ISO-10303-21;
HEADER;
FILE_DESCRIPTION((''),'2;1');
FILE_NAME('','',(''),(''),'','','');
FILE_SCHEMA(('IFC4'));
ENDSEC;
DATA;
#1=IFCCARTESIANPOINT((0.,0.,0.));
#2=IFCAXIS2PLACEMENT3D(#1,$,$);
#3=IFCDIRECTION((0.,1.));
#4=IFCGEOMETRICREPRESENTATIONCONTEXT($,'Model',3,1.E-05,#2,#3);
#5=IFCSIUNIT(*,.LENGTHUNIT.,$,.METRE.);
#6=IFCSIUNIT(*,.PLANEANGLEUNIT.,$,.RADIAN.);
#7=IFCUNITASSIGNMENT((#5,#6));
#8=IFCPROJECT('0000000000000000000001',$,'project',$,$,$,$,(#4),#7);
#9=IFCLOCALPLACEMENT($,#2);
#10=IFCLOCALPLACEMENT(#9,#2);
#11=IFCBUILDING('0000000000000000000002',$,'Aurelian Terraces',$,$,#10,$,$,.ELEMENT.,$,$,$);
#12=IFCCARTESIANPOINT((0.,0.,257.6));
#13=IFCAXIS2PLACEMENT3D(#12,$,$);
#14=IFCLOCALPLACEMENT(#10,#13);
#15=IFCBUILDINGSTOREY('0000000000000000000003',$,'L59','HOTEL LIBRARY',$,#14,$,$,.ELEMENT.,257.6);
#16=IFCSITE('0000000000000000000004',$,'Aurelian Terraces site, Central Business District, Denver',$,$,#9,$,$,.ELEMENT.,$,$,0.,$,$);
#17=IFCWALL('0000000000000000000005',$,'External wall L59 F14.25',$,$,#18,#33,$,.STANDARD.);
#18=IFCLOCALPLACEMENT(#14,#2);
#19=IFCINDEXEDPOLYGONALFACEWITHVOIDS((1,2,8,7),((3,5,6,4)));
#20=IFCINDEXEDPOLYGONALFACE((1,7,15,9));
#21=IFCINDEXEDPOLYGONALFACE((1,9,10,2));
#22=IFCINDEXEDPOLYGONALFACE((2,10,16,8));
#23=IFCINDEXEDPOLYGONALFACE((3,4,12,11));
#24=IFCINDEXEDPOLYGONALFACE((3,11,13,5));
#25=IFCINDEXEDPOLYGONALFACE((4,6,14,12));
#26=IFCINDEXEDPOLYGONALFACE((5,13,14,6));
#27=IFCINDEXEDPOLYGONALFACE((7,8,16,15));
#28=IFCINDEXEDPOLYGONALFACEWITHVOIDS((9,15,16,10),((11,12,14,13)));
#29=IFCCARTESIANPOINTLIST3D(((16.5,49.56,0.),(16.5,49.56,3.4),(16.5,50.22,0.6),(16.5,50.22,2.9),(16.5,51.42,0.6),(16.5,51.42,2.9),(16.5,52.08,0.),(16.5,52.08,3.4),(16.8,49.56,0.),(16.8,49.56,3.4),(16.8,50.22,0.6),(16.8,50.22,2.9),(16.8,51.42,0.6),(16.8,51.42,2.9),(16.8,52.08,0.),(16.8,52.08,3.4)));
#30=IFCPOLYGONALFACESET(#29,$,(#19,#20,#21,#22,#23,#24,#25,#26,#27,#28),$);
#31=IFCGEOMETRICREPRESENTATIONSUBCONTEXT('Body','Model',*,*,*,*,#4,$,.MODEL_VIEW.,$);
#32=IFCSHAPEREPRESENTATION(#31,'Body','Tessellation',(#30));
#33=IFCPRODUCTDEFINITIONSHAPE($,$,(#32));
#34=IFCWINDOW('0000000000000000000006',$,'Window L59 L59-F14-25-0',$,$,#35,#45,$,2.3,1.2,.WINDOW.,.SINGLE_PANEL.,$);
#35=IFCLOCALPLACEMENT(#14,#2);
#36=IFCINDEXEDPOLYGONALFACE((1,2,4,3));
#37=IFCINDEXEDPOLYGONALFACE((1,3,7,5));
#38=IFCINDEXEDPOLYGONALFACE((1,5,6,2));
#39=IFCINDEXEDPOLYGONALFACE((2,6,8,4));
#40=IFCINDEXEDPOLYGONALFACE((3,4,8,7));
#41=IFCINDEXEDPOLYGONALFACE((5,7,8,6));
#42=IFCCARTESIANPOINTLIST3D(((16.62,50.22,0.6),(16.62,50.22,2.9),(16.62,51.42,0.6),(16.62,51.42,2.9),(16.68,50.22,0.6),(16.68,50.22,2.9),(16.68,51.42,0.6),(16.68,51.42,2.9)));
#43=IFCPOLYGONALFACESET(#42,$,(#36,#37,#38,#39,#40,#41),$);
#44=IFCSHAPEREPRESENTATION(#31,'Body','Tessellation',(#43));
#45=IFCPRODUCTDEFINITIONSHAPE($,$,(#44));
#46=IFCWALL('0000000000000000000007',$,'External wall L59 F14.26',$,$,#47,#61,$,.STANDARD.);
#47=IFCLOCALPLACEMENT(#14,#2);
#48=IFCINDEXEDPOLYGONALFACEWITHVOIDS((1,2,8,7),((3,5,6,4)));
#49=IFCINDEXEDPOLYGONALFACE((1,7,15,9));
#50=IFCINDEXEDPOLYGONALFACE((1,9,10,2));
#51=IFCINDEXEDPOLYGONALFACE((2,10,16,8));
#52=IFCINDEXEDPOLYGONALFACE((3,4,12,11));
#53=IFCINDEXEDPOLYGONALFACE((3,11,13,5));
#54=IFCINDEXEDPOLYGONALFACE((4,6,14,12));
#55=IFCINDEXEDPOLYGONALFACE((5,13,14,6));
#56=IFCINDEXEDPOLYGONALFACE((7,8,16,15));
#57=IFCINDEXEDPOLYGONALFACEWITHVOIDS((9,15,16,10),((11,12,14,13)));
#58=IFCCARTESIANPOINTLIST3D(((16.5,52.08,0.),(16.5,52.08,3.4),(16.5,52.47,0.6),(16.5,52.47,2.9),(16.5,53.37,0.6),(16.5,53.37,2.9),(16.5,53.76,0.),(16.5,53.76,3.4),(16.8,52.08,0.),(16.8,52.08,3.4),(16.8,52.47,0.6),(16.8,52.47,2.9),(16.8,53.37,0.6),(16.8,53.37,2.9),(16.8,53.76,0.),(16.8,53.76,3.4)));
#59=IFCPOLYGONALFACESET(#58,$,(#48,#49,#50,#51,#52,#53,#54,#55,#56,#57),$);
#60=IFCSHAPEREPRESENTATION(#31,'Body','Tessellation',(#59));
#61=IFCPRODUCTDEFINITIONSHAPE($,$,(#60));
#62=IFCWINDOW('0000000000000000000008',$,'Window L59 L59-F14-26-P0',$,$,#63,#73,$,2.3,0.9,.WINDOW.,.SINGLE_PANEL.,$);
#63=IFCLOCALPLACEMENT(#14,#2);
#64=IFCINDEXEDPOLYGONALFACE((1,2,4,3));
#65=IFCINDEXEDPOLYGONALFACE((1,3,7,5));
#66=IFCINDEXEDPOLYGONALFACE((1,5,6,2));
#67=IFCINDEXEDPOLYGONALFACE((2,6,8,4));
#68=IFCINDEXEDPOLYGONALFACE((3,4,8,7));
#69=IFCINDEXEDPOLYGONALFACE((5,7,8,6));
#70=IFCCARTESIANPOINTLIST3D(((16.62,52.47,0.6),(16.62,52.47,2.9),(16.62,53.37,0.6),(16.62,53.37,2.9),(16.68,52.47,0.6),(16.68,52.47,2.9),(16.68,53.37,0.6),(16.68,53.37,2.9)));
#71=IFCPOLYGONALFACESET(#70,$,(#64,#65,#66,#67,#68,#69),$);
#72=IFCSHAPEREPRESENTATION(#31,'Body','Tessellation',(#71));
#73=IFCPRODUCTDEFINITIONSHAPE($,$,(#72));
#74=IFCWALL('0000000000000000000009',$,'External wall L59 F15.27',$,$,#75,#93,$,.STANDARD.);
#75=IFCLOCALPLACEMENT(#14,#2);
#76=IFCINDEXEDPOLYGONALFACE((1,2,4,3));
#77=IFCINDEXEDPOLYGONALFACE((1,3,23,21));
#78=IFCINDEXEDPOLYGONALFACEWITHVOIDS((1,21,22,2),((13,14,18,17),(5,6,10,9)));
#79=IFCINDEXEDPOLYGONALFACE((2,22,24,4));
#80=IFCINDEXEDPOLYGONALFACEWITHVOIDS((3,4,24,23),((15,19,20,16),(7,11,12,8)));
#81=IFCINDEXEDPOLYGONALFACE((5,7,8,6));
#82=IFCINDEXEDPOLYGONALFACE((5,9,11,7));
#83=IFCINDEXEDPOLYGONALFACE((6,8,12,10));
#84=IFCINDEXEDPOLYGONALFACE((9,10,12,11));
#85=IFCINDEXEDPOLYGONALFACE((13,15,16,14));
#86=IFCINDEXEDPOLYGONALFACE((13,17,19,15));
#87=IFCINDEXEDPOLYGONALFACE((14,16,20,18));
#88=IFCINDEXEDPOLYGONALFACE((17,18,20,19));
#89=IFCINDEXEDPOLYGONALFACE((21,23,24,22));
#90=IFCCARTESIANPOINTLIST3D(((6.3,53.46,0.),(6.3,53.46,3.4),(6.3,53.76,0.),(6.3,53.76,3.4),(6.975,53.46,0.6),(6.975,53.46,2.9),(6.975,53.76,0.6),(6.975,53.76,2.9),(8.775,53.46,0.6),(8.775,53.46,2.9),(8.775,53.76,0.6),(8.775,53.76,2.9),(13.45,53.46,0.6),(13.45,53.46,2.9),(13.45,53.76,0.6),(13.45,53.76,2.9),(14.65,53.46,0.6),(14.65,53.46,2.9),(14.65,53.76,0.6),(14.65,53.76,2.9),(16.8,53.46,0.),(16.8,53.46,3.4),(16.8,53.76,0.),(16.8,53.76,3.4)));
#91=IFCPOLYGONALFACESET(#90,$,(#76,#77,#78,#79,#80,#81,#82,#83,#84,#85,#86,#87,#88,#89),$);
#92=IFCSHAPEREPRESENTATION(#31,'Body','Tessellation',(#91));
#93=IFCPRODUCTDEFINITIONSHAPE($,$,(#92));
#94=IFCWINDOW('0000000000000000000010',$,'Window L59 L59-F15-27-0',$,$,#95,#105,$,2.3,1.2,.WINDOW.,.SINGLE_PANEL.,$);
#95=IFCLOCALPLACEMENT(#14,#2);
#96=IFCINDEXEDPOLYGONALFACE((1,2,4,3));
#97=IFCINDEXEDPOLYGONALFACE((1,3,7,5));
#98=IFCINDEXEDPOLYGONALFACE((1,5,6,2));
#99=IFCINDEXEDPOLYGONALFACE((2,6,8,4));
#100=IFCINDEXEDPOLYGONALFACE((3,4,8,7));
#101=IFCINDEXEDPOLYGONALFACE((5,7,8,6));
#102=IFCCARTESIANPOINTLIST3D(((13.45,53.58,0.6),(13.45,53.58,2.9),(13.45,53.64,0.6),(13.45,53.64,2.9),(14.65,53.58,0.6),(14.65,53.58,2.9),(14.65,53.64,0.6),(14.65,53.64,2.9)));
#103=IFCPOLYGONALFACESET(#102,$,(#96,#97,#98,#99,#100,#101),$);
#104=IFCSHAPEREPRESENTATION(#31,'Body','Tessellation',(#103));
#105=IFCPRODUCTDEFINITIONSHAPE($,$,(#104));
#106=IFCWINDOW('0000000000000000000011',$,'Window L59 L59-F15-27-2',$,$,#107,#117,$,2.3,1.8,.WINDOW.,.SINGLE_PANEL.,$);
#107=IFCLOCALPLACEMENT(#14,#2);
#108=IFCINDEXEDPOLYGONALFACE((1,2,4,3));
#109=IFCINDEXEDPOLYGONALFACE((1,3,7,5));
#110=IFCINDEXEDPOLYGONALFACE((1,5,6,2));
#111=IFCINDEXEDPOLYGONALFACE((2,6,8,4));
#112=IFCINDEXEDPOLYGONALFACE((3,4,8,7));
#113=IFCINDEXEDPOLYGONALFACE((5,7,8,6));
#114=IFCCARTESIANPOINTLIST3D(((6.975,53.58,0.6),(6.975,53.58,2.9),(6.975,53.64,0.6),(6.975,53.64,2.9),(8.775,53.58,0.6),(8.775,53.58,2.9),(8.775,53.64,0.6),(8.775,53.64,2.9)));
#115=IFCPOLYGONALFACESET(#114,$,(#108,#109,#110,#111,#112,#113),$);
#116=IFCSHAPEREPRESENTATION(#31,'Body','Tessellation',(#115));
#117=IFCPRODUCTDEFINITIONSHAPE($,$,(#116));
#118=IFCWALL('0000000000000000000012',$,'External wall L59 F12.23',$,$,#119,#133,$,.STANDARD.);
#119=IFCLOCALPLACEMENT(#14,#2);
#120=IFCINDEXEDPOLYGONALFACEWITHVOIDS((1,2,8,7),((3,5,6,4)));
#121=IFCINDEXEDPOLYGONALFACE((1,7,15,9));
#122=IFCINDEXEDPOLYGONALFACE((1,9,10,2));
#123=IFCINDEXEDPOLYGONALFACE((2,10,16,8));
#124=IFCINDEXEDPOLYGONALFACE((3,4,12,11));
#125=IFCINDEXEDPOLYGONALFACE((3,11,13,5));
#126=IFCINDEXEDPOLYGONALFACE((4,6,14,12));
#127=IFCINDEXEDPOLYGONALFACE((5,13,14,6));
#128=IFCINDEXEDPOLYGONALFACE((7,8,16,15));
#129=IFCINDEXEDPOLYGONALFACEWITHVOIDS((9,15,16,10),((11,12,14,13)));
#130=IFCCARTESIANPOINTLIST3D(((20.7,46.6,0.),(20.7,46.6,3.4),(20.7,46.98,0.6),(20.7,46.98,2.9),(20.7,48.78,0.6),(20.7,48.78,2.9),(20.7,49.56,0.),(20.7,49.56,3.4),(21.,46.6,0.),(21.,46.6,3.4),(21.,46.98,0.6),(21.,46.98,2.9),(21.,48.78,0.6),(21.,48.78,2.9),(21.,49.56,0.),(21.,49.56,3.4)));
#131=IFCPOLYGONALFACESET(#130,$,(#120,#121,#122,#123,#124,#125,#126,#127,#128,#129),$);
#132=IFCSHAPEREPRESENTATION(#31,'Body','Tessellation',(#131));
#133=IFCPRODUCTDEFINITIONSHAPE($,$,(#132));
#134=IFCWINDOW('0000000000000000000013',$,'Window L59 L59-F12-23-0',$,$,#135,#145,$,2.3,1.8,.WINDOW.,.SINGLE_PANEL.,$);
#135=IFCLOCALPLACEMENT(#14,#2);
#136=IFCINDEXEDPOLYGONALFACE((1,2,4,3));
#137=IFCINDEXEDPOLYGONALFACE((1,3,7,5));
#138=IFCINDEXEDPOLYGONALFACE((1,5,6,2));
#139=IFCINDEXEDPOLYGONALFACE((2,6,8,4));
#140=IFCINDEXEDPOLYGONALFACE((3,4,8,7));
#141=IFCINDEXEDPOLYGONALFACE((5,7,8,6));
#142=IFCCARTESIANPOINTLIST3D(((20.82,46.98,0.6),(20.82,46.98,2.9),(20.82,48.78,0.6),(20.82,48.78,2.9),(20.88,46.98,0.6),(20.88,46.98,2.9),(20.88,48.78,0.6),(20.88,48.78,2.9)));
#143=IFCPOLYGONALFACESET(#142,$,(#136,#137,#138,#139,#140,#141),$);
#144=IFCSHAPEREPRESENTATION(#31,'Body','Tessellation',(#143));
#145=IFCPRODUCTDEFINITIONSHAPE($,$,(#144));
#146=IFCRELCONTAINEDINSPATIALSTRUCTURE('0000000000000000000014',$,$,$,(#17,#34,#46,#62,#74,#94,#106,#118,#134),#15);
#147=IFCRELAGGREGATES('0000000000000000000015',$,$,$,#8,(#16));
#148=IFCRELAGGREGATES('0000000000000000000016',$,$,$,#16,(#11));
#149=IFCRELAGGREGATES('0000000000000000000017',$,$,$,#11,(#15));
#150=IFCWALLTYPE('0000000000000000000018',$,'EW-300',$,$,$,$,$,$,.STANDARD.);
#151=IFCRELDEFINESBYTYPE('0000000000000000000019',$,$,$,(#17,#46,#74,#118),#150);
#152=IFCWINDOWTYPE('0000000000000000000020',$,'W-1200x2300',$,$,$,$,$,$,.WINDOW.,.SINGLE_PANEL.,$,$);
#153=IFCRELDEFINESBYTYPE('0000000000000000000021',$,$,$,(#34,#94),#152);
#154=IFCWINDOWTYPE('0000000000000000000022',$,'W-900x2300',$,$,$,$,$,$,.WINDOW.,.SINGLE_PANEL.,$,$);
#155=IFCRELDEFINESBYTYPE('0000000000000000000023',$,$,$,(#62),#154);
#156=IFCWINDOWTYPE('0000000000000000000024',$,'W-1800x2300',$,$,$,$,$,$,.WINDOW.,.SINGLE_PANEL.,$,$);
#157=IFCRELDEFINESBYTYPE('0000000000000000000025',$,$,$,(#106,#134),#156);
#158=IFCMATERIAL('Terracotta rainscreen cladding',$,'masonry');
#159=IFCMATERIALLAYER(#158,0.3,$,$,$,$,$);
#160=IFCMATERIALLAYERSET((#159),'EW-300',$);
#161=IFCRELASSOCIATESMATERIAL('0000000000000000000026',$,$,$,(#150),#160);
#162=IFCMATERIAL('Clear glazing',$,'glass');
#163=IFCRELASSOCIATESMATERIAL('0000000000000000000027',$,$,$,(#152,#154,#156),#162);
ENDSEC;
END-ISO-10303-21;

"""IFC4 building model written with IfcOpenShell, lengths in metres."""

from ifc_helpers import new_model, si_unit, direction, frame, frame_2d, origin, place, context, subcontext, project, spatial, rectangle, extrude, source, transform, mapped, material, layer, layer_set, type_object, element, fill, save


model = new_model("IFC4")

# Units and contexts
model_context = context("Model", 3, precision=1e-05, world=origin(), true_north=direction((0.0, 1.0)))
body_context = subcontext(model_context, "Body", "Model", "MODEL_VIEW")
ifc_project = project(units=[si_unit("LENGTHUNIT", "METRE"), si_unit("PLANEANGLEUNIT", "RADIAN")], contexts=[model_context])

# Site, building, storey
site_placement = place(None, origin())
site = spatial("IfcSite", under=ifc_project, at=site_placement, Name="Aurelian Terraces site, Central Business District, Denver", CompositionType="ELEMENT", RefElevation=0.0)
building_placement = place(site_placement, origin())
building = spatial("IfcBuilding", under=site, at=building_placement, Name="Aurelian Terraces", CompositionType="ELEMENT")
storey_placement = place(building_placement, frame((0.0, 0.0, 257.6)))
storey = spatial("IfcBuildingStorey", under=building, at=storey_placement, Name="L59", Description="HOTEL LIBRARY", CompositionType="ELEMENT", Elevation=257.6)

# Walls, openings, windows
ifc_material_1 = material(Name="Terracotta rainscreen cladding", Category="masonry")
ifc_layer_1 = layer(ifc_material_1, 0.3)
ifc_layer_set_1 = layer_set([ifc_layer_1], Name="EW-300")
wall_type_1 = type_object("IfcWallType", Name="EW-300", PredefinedType="STANDARD", material=ifc_layer_set_1)
shared_shape_1 = source(origin(), body_context, "Body", "SweptSolid", [
    extrude(rectangle(XDim=2.52, YDim=0.3, at=frame_2d((1.26, 0.0))), origin(), (0.0, 0.0, 1.0), 3.4),
])
wall_1_placement = place(storey_placement, frame((16.65, 49.56, 0.0), z_axis=(0.0, 0.0, 1.0), x_axis=(0.0, 1.0, 0.0)))
wall_1 = element("IfcWall", 1, at=wall_1_placement, inside=storey, type_object=wall_type_1, Name="External wall L59 F14.25", PredefinedType="STANDARD", context=body_context, shape_type="MappedRepresentation", body=[
    mapped(shared_shape_1, transform((0.0, 0.0, 0.0), scale=1.0)),
])
shared_shape_2 = source(origin(), body_context, "Body", "SweptSolid", [
    extrude(rectangle(XDim=1.2, YDim=2.3, at=frame_2d((0.6, 1.15))), frame((0.0, 0.16, 0.0), z_axis=(0.0, -1.0, 0.0), x_axis=(1.0, 0.0, 0.0)), (0.0, 0.0, 1.0), 0.32),
])
opening_1_placement = place(wall_1_placement, frame((0.66, 0.0, 0.6)))
opening_1 = element("IfcOpeningElement", 2, at=opening_1_placement, cuts=wall_1, PredefinedType="OPENING", context=body_context, shape_type="MappedRepresentation", body=[
    mapped(shared_shape_2, transform((0.0, 0.0, 0.0), scale=1.0)),
])
ifc_material_2 = material(Name="Clear glazing", Category="glass")
window_type_1 = type_object("IfcWindowType", Name="W-1200x2300", PartitioningType="SINGLE_PANEL", PredefinedType="WINDOW", material=ifc_material_2)
shared_shape_3 = source(origin(), body_context, "Body", "SweptSolid", [
    extrude(rectangle(XDim=1.2, YDim=2.3, at=frame_2d((0.6, 1.15))), frame((0.0, 0.03, 0.0), z_axis=(0.0, -1.0, 0.0), x_axis=(1.0, 0.0, 0.0)), (0.0, 0.0, 1.0), 0.06),
])
window_1_placement = place(opening_1_placement, origin())
window_1 = element("IfcWindow", 3, at=window_1_placement, inside=storey, type_object=window_type_1, Name="Window L59 L59-F14-25-0", OverallHeight=2.3, OverallWidth=1.2, PartitioningType="SINGLE_PANEL", PredefinedType="WINDOW", context=body_context, shape_type="MappedRepresentation", body=[
    mapped(shared_shape_3, transform((0.0, 0.0, 0.0), scale=1.0)),
])
fill(opening_1, window_1)
shared_shape_4 = source(origin(), body_context, "Body", "SweptSolid", [
    extrude(rectangle(XDim=1.68, YDim=0.3, at=frame_2d((0.84, 0.0))), origin(), (0.0, 0.0, 1.0), 3.4),
])
wall_2_placement = place(storey_placement, frame((16.65, 52.08, 0.0), z_axis=(0.0, 0.0, 1.0), x_axis=(0.0, 1.0, 0.0)))
wall_2 = element("IfcWall", 4, at=wall_2_placement, inside=storey, type_object=wall_type_1, Name="External wall L59 F14.26", PredefinedType="STANDARD", context=body_context, shape_type="MappedRepresentation", body=[
    mapped(shared_shape_4, transform((0.0, 0.0, 0.0), scale=1.0)),
])
shared_shape_5 = source(origin(), body_context, "Body", "SweptSolid", [
    extrude(rectangle(XDim=0.9, YDim=2.3, at=frame_2d((0.45, 1.15))), frame((0.0, 0.16, 0.0), z_axis=(0.0, -1.0, 0.0), x_axis=(1.0, 0.0, 0.0)), (0.0, 0.0, 1.0), 0.32),
])
opening_2_placement = place(wall_2_placement, frame((0.39, 0.0, 0.6)))
opening_2 = element("IfcOpeningElement", 5, at=opening_2_placement, cuts=wall_2, PredefinedType="OPENING", context=body_context, shape_type="MappedRepresentation", body=[
    mapped(shared_shape_5, transform((0.0, 0.0, 0.0), scale=1.0)),
])
window_type_2 = type_object("IfcWindowType", Name="W-900x2300", PartitioningType="SINGLE_PANEL", PredefinedType="WINDOW", material=ifc_material_2)
shared_shape_6 = source(origin(), body_context, "Body", "SweptSolid", [
    extrude(rectangle(XDim=0.9, YDim=2.3, at=frame_2d((0.45, 1.15))), frame((0.0, 0.03, 0.0), z_axis=(0.0, -1.0, 0.0), x_axis=(1.0, 0.0, 0.0)), (0.0, 0.0, 1.0), 0.06),
])
window_2_placement = place(opening_2_placement, origin())
window_2 = element("IfcWindow", 6, at=window_2_placement, inside=storey, type_object=window_type_2, Name="Window L59 L59-F14-26-P0", OverallHeight=2.3, OverallWidth=0.9, PartitioningType="SINGLE_PANEL", PredefinedType="WINDOW", context=body_context, shape_type="MappedRepresentation", body=[
    mapped(shared_shape_6, transform((0.0, 0.0, 0.0), scale=1.0)),
])
fill(opening_2, window_2)

# Wall, openings, windows
shared_shape_7 = source(origin(), body_context, "Body", "SweptSolid", [
    extrude(rectangle(XDim=10.5, YDim=0.3, at=frame_2d((5.25, 0.0))), origin(), (0.0, 0.0, 1.0), 3.4),
])
wall_3_placement = place(storey_placement, frame((16.8, 53.61, 0.0), z_axis=(0.0, 0.0, 1.0), x_axis=(-1.0, 0.0, 0.0)))
wall_3 = element("IfcWall", 7, at=wall_3_placement, inside=storey, type_object=wall_type_1, Name="External wall L59 F15.27", PredefinedType="STANDARD", context=body_context, shape_type="MappedRepresentation", body=[
    mapped(shared_shape_7, transform((0.0, 0.0, 0.0), scale=1.0)),
])
opening_3_placement = place(wall_3_placement, frame((2.15, 0.0, 0.6)))
opening_3 = element("IfcOpeningElement", 8, at=opening_3_placement, cuts=wall_3, PredefinedType="OPENING", context=body_context, shape_type="MappedRepresentation", body=[
    mapped(shared_shape_2, transform((0.0, 0.0, 0.0), scale=1.0)),
])
shared_shape_8 = source(origin(), body_context, "Body", "SweptSolid", [
    extrude(rectangle(XDim=1.8, YDim=2.3, at=frame_2d((0.9, 1.15))), frame((0.0, 0.16, 0.0), z_axis=(0.0, -1.0, 0.0), x_axis=(1.0, 0.0, 0.0)), (0.0, 0.0, 1.0), 0.32),
])
opening_4_placement = place(wall_3_placement, frame((8.025, 0.0, 0.6)))
opening_4 = element("IfcOpeningElement", 9, at=opening_4_placement, cuts=wall_3, PredefinedType="OPENING", context=body_context, shape_type="MappedRepresentation", body=[
    mapped(shared_shape_8, transform((0.0, 0.0, 0.0), scale=1.0)),
])
window_3_placement = place(opening_3_placement, origin())
window_3 = element("IfcWindow", 10, at=window_3_placement, inside=storey, type_object=window_type_1, Name="Window L59 L59-F15-27-0", OverallHeight=2.3, OverallWidth=1.2, PartitioningType="SINGLE_PANEL", PredefinedType="WINDOW", context=body_context, shape_type="MappedRepresentation", body=[
    mapped(shared_shape_3, transform((0.0, 0.0, 0.0), scale=1.0)),
])
fill(opening_3, window_3)
window_type_3 = type_object("IfcWindowType", Name="W-1800x2300", PartitioningType="SINGLE_PANEL", PredefinedType="WINDOW", material=ifc_material_2)
shared_shape_9 = source(origin(), body_context, "Body", "SweptSolid", [
    extrude(rectangle(XDim=1.8, YDim=2.3, at=frame_2d((0.9, 1.15))), frame((0.0, 0.03, 0.0), z_axis=(0.0, -1.0, 0.0), x_axis=(1.0, 0.0, 0.0)), (0.0, 0.0, 1.0), 0.06),
])
window_4_placement = place(opening_4_placement, origin())
window_4 = element("IfcWindow", 11, at=window_4_placement, inside=storey, type_object=window_type_3, Name="Window L59 L59-F15-27-2", OverallHeight=2.3, OverallWidth=1.8, PartitioningType="SINGLE_PANEL", PredefinedType="WINDOW", context=body_context, shape_type="MappedRepresentation", body=[
    mapped(shared_shape_9, transform((0.0, 0.0, 0.0), scale=1.0)),
])
fill(opening_4, window_4)

# Wall, opening, window
shared_shape_10 = source(origin(), body_context, "Body", "SweptSolid", [
    extrude(rectangle(XDim=2.96, YDim=0.3, at=frame_2d((1.48, 0.0))), origin(), (0.0, 0.0, 1.0), 3.4),
])
wall_4_placement = place(storey_placement, frame((20.85, 46.6, 0.0), z_axis=(0.0, 0.0, 1.0), x_axis=(0.0, 1.0, 0.0)))
wall_4 = element("IfcWall", 12, at=wall_4_placement, inside=storey, type_object=wall_type_1, Name="External wall L59 F12.23", PredefinedType="STANDARD", context=body_context, shape_type="MappedRepresentation", body=[
    mapped(shared_shape_10, transform((0.0, 0.0, 0.0), scale=1.0)),
])
opening_5_placement = place(wall_4_placement, frame((0.38, 0.0, 0.6)))
opening_5 = element("IfcOpeningElement", 13, at=opening_5_placement, cuts=wall_4, PredefinedType="OPENING", context=body_context, shape_type="MappedRepresentation", body=[
    mapped(shared_shape_8, transform((0.0, 0.0, 0.0), scale=1.0)),
])
window_5_placement = place(opening_5_placement, origin())
window_5 = element("IfcWindow", 14, at=window_5_placement, inside=storey, type_object=window_type_3, Name="Window L59 L59-F12-23-0", OverallHeight=2.3, OverallWidth=1.8, PartitioningType="SINGLE_PANEL", PredefinedType="WINDOW", context=body_context, shape_type="MappedRepresentation", body=[
    mapped(shared_shape_9, transform((0.0, 0.0, 0.0), scale=1.0)),
])
fill(opening_5, window_5)

save(model, "model.ifc")
